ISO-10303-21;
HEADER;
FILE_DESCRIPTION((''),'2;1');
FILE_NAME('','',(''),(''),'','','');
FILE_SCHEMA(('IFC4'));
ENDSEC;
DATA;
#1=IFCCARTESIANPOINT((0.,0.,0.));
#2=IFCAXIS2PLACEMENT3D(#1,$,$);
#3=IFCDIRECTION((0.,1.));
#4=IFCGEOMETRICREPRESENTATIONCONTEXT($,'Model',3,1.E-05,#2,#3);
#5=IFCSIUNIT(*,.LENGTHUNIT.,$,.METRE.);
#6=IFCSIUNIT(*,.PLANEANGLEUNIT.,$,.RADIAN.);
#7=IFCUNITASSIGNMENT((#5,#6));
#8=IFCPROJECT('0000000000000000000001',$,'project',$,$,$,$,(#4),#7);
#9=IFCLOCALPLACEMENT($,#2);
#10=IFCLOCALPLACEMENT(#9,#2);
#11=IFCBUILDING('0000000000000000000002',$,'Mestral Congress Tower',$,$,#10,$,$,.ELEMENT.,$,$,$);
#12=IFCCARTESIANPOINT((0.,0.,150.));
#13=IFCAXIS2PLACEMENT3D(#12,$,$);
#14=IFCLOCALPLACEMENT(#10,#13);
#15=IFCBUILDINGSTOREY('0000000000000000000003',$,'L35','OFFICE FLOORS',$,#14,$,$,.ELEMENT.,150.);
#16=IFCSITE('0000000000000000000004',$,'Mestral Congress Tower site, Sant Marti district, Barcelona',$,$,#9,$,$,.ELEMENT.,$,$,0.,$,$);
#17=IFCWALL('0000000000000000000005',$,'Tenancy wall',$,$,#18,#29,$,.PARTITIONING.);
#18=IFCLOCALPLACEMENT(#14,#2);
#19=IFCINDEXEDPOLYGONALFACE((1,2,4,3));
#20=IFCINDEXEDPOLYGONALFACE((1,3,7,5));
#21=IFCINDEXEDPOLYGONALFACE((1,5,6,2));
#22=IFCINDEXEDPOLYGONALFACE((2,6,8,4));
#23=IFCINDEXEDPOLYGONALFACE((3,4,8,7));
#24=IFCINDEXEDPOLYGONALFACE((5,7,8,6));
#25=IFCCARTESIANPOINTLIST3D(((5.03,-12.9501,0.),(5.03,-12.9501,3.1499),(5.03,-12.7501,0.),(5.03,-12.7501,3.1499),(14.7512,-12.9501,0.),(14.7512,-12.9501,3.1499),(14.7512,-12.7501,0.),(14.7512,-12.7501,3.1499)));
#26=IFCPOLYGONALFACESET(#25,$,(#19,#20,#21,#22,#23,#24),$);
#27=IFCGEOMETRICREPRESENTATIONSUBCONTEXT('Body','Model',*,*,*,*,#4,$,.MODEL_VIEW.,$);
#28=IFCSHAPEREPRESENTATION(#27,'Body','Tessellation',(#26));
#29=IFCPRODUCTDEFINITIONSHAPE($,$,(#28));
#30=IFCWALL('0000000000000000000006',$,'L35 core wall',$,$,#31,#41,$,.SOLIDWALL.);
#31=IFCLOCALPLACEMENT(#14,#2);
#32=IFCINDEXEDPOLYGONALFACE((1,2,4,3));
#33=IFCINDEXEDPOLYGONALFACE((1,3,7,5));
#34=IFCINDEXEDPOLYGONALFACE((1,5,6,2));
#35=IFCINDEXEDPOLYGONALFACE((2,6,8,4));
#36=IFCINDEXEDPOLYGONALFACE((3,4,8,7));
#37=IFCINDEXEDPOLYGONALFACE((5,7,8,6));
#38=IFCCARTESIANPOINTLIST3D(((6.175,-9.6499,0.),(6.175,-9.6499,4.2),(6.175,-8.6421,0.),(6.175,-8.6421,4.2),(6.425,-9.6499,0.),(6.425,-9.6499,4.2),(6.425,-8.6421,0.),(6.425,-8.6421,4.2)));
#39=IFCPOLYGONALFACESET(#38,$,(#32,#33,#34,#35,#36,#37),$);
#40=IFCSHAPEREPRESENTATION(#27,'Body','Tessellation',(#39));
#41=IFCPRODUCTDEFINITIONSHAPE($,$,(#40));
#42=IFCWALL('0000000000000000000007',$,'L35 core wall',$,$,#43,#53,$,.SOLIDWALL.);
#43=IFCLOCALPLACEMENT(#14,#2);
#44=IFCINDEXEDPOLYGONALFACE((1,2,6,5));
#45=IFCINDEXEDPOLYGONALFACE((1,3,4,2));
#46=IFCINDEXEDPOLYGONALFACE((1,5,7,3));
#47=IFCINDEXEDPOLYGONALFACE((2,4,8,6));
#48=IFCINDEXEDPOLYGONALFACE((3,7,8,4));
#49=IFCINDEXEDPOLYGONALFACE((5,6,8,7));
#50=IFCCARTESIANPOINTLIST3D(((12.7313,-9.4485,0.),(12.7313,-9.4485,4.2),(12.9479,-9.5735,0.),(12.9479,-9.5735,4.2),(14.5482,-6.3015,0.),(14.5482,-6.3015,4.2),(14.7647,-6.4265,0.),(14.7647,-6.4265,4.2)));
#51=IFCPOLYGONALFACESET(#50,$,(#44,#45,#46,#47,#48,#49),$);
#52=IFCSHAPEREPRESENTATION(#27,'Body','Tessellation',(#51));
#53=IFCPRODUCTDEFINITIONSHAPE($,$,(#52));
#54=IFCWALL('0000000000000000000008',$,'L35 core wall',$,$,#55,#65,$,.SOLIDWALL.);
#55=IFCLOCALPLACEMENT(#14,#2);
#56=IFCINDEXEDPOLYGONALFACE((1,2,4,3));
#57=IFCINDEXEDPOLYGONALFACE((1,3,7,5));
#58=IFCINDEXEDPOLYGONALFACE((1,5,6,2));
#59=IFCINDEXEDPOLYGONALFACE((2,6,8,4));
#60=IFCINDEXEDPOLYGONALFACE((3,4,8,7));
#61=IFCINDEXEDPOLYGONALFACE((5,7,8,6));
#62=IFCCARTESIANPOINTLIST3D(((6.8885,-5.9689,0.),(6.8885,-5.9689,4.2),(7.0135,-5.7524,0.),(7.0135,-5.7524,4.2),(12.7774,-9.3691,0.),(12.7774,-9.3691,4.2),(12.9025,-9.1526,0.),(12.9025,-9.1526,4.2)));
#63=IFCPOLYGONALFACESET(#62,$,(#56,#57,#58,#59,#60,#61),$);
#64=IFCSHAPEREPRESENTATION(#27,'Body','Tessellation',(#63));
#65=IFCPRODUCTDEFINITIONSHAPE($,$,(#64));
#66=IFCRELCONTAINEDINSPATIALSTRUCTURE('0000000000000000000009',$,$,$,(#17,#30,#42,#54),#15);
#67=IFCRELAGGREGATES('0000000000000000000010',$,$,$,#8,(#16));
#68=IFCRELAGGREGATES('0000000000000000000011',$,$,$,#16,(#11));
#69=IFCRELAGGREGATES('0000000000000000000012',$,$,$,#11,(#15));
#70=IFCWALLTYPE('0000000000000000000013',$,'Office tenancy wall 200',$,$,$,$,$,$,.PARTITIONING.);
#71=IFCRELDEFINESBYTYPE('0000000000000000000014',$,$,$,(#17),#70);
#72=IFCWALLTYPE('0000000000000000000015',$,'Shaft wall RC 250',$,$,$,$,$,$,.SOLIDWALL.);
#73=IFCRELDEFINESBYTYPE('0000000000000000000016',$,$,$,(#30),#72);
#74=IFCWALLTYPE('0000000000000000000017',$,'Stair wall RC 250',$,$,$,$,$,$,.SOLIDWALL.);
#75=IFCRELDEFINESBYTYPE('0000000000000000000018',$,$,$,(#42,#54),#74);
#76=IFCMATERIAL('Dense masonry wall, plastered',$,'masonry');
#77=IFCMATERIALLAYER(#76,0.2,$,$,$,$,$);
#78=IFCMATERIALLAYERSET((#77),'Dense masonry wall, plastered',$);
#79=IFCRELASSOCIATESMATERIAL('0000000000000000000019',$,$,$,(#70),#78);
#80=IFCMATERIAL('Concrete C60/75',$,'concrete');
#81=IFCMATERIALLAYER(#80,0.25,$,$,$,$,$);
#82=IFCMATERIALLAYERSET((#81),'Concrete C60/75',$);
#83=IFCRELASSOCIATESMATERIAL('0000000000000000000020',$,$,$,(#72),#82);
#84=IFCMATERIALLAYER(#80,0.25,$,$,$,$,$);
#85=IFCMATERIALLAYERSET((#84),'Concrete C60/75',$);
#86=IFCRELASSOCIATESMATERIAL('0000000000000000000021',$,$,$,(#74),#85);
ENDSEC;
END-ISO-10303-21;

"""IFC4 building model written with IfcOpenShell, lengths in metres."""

from ifc_helpers import new_model, si_unit, direction, frame, frame_2d, origin, place, context, subcontext, project, spatial, rectangle, extrude, material, layer, layer_set, type_object, element, save


model = new_model("IFC4")

# Units and contexts
model_context = context("Model", 3, precision=1e-05, world=origin(), true_north=direction((0.0, 1.0)))
body_context = subcontext(model_context, "Body", "Model", "MODEL_VIEW")
ifc_project = project(units=[si_unit("LENGTHUNIT", "METRE"), si_unit("PLANEANGLEUNIT", "RADIAN")], contexts=[model_context])

# Site, building, storey
site_placement = place(None, origin())
site = spatial("IfcSite", under=ifc_project, at=site_placement, Name="Mestral Congress Tower site, Sant Marti district, Barcelona", CompositionType="ELEMENT", RefElevation=0.0)
building_placement = place(site_placement, origin())
building = spatial("IfcBuilding", under=site, at=building_placement, Name="Mestral Congress Tower", CompositionType="ELEMENT")
storey_placement = place(building_placement, frame((0.0, 0.0, 150.0)))
storey = spatial("IfcBuildingStorey", under=building, at=storey_placement, Name="L35", Description="OFFICE FLOORS", CompositionType="ELEMENT", Elevation=150.0)

# Shared definitions
ifc_material_1 = material(Name="Concrete C60/75", Category="concrete")

# Walls
ifc_material_2 = material(Name="Dense masonry wall, plastered", Category="masonry")
ifc_layer_1 = layer(ifc_material_2, 0.2)
ifc_layer_set_1 = layer_set([ifc_layer_1], Name="Dense masonry wall, plastered")
wall_type_1 = type_object("IfcWallType", Name="Office tenancy wall 200", PredefinedType="PARTITIONING", material=ifc_layer_set_1)
wall_1_placement = place(storey_placement, frame((5.03, -12.8501, 0.0), z_axis=(0.0, 0.0, 1.0), x_axis=(1.0, 0.0, 0.0)))
element("IfcWall", 1, at=wall_1_placement, inside=storey, type_object=wall_type_1, Name="Tenancy wall", PredefinedType="PARTITIONING", context=body_context, shape_type="SweptSolid", body=[
    extrude(rectangle(XDim=9.7212, YDim=0.2, at=frame_2d((4.8606, 0.0))), origin(), (0.0, 0.0, 1.0), 3.1499),
])
ifc_layer_2 = layer(ifc_material_1, 0.25)
ifc_layer_set_2 = layer_set([ifc_layer_2], Name="Concrete C60/75")
wall_type_2 = type_object("IfcWallType", Name="Shaft wall RC 250", PredefinedType="SOLIDWALL", material=ifc_layer_set_2)
wall_2_placement = place(storey_placement, frame((6.3, -9.6499, 0.0), z_axis=(0.0, 0.0, 1.0), x_axis=(0.0, 1.0, 0.0)))
element("IfcWall", 2, at=wall_2_placement, inside=storey, type_object=wall_type_2, Name="L35 core wall", PredefinedType="SOLIDWALL", context=body_context, shape_type="SweptSolid", body=[
    extrude(rectangle(XDim=1.0078, YDim=0.25, at=frame_2d((0.5039, 0.0))), origin(), (0.0, 0.0, 1.0), 4.2),
])
ifc_layer_3 = layer(ifc_material_1, 0.25)
ifc_layer_set_3 = layer_set([ifc_layer_3], Name="Concrete C60/75")
wall_type_3 = type_object("IfcWallType", Name="Stair wall RC 250", PredefinedType="SOLIDWALL", material=ifc_layer_set_3)
wall_3_placement = place(storey_placement, frame((12.8396, -9.511, 0.0), z_axis=(0.0, 0.0, 1.0), x_axis=(0.499998, 0.866027, 0.0)))
element("IfcWall", 3, at=wall_3_placement, inside=storey, type_object=wall_type_3, Name="L35 core wall", PredefinedType="SOLIDWALL", context=body_context, shape_type="SweptSolid", body=[
    extrude(rectangle(XDim=3.6338, YDim=0.25, at=frame_2d((1.8169, 0.0))), origin(), (0.0, 0.0, 1.0), 4.2),
])
wall_4_placement = place(storey_placement, frame((12.8398, -9.2607, 0.0), z_axis=(0.0, 0.0, 1.0), x_axis=(-0.866014, 0.50002, 0.0)))
element("IfcWall", 4, at=wall_4_placement, inside=storey, type_object=wall_type_3, Name="L35 core wall", PredefinedType="SOLIDWALL", context=body_context, shape_type="SweptSolid", body=[
    extrude(rectangle(XDim=6.8, YDim=0.25, at=frame_2d((3.3999, 0.0))), origin(), (0.0, 0.0, 1.0), 4.2),
])

save(model, "model.ifc")
